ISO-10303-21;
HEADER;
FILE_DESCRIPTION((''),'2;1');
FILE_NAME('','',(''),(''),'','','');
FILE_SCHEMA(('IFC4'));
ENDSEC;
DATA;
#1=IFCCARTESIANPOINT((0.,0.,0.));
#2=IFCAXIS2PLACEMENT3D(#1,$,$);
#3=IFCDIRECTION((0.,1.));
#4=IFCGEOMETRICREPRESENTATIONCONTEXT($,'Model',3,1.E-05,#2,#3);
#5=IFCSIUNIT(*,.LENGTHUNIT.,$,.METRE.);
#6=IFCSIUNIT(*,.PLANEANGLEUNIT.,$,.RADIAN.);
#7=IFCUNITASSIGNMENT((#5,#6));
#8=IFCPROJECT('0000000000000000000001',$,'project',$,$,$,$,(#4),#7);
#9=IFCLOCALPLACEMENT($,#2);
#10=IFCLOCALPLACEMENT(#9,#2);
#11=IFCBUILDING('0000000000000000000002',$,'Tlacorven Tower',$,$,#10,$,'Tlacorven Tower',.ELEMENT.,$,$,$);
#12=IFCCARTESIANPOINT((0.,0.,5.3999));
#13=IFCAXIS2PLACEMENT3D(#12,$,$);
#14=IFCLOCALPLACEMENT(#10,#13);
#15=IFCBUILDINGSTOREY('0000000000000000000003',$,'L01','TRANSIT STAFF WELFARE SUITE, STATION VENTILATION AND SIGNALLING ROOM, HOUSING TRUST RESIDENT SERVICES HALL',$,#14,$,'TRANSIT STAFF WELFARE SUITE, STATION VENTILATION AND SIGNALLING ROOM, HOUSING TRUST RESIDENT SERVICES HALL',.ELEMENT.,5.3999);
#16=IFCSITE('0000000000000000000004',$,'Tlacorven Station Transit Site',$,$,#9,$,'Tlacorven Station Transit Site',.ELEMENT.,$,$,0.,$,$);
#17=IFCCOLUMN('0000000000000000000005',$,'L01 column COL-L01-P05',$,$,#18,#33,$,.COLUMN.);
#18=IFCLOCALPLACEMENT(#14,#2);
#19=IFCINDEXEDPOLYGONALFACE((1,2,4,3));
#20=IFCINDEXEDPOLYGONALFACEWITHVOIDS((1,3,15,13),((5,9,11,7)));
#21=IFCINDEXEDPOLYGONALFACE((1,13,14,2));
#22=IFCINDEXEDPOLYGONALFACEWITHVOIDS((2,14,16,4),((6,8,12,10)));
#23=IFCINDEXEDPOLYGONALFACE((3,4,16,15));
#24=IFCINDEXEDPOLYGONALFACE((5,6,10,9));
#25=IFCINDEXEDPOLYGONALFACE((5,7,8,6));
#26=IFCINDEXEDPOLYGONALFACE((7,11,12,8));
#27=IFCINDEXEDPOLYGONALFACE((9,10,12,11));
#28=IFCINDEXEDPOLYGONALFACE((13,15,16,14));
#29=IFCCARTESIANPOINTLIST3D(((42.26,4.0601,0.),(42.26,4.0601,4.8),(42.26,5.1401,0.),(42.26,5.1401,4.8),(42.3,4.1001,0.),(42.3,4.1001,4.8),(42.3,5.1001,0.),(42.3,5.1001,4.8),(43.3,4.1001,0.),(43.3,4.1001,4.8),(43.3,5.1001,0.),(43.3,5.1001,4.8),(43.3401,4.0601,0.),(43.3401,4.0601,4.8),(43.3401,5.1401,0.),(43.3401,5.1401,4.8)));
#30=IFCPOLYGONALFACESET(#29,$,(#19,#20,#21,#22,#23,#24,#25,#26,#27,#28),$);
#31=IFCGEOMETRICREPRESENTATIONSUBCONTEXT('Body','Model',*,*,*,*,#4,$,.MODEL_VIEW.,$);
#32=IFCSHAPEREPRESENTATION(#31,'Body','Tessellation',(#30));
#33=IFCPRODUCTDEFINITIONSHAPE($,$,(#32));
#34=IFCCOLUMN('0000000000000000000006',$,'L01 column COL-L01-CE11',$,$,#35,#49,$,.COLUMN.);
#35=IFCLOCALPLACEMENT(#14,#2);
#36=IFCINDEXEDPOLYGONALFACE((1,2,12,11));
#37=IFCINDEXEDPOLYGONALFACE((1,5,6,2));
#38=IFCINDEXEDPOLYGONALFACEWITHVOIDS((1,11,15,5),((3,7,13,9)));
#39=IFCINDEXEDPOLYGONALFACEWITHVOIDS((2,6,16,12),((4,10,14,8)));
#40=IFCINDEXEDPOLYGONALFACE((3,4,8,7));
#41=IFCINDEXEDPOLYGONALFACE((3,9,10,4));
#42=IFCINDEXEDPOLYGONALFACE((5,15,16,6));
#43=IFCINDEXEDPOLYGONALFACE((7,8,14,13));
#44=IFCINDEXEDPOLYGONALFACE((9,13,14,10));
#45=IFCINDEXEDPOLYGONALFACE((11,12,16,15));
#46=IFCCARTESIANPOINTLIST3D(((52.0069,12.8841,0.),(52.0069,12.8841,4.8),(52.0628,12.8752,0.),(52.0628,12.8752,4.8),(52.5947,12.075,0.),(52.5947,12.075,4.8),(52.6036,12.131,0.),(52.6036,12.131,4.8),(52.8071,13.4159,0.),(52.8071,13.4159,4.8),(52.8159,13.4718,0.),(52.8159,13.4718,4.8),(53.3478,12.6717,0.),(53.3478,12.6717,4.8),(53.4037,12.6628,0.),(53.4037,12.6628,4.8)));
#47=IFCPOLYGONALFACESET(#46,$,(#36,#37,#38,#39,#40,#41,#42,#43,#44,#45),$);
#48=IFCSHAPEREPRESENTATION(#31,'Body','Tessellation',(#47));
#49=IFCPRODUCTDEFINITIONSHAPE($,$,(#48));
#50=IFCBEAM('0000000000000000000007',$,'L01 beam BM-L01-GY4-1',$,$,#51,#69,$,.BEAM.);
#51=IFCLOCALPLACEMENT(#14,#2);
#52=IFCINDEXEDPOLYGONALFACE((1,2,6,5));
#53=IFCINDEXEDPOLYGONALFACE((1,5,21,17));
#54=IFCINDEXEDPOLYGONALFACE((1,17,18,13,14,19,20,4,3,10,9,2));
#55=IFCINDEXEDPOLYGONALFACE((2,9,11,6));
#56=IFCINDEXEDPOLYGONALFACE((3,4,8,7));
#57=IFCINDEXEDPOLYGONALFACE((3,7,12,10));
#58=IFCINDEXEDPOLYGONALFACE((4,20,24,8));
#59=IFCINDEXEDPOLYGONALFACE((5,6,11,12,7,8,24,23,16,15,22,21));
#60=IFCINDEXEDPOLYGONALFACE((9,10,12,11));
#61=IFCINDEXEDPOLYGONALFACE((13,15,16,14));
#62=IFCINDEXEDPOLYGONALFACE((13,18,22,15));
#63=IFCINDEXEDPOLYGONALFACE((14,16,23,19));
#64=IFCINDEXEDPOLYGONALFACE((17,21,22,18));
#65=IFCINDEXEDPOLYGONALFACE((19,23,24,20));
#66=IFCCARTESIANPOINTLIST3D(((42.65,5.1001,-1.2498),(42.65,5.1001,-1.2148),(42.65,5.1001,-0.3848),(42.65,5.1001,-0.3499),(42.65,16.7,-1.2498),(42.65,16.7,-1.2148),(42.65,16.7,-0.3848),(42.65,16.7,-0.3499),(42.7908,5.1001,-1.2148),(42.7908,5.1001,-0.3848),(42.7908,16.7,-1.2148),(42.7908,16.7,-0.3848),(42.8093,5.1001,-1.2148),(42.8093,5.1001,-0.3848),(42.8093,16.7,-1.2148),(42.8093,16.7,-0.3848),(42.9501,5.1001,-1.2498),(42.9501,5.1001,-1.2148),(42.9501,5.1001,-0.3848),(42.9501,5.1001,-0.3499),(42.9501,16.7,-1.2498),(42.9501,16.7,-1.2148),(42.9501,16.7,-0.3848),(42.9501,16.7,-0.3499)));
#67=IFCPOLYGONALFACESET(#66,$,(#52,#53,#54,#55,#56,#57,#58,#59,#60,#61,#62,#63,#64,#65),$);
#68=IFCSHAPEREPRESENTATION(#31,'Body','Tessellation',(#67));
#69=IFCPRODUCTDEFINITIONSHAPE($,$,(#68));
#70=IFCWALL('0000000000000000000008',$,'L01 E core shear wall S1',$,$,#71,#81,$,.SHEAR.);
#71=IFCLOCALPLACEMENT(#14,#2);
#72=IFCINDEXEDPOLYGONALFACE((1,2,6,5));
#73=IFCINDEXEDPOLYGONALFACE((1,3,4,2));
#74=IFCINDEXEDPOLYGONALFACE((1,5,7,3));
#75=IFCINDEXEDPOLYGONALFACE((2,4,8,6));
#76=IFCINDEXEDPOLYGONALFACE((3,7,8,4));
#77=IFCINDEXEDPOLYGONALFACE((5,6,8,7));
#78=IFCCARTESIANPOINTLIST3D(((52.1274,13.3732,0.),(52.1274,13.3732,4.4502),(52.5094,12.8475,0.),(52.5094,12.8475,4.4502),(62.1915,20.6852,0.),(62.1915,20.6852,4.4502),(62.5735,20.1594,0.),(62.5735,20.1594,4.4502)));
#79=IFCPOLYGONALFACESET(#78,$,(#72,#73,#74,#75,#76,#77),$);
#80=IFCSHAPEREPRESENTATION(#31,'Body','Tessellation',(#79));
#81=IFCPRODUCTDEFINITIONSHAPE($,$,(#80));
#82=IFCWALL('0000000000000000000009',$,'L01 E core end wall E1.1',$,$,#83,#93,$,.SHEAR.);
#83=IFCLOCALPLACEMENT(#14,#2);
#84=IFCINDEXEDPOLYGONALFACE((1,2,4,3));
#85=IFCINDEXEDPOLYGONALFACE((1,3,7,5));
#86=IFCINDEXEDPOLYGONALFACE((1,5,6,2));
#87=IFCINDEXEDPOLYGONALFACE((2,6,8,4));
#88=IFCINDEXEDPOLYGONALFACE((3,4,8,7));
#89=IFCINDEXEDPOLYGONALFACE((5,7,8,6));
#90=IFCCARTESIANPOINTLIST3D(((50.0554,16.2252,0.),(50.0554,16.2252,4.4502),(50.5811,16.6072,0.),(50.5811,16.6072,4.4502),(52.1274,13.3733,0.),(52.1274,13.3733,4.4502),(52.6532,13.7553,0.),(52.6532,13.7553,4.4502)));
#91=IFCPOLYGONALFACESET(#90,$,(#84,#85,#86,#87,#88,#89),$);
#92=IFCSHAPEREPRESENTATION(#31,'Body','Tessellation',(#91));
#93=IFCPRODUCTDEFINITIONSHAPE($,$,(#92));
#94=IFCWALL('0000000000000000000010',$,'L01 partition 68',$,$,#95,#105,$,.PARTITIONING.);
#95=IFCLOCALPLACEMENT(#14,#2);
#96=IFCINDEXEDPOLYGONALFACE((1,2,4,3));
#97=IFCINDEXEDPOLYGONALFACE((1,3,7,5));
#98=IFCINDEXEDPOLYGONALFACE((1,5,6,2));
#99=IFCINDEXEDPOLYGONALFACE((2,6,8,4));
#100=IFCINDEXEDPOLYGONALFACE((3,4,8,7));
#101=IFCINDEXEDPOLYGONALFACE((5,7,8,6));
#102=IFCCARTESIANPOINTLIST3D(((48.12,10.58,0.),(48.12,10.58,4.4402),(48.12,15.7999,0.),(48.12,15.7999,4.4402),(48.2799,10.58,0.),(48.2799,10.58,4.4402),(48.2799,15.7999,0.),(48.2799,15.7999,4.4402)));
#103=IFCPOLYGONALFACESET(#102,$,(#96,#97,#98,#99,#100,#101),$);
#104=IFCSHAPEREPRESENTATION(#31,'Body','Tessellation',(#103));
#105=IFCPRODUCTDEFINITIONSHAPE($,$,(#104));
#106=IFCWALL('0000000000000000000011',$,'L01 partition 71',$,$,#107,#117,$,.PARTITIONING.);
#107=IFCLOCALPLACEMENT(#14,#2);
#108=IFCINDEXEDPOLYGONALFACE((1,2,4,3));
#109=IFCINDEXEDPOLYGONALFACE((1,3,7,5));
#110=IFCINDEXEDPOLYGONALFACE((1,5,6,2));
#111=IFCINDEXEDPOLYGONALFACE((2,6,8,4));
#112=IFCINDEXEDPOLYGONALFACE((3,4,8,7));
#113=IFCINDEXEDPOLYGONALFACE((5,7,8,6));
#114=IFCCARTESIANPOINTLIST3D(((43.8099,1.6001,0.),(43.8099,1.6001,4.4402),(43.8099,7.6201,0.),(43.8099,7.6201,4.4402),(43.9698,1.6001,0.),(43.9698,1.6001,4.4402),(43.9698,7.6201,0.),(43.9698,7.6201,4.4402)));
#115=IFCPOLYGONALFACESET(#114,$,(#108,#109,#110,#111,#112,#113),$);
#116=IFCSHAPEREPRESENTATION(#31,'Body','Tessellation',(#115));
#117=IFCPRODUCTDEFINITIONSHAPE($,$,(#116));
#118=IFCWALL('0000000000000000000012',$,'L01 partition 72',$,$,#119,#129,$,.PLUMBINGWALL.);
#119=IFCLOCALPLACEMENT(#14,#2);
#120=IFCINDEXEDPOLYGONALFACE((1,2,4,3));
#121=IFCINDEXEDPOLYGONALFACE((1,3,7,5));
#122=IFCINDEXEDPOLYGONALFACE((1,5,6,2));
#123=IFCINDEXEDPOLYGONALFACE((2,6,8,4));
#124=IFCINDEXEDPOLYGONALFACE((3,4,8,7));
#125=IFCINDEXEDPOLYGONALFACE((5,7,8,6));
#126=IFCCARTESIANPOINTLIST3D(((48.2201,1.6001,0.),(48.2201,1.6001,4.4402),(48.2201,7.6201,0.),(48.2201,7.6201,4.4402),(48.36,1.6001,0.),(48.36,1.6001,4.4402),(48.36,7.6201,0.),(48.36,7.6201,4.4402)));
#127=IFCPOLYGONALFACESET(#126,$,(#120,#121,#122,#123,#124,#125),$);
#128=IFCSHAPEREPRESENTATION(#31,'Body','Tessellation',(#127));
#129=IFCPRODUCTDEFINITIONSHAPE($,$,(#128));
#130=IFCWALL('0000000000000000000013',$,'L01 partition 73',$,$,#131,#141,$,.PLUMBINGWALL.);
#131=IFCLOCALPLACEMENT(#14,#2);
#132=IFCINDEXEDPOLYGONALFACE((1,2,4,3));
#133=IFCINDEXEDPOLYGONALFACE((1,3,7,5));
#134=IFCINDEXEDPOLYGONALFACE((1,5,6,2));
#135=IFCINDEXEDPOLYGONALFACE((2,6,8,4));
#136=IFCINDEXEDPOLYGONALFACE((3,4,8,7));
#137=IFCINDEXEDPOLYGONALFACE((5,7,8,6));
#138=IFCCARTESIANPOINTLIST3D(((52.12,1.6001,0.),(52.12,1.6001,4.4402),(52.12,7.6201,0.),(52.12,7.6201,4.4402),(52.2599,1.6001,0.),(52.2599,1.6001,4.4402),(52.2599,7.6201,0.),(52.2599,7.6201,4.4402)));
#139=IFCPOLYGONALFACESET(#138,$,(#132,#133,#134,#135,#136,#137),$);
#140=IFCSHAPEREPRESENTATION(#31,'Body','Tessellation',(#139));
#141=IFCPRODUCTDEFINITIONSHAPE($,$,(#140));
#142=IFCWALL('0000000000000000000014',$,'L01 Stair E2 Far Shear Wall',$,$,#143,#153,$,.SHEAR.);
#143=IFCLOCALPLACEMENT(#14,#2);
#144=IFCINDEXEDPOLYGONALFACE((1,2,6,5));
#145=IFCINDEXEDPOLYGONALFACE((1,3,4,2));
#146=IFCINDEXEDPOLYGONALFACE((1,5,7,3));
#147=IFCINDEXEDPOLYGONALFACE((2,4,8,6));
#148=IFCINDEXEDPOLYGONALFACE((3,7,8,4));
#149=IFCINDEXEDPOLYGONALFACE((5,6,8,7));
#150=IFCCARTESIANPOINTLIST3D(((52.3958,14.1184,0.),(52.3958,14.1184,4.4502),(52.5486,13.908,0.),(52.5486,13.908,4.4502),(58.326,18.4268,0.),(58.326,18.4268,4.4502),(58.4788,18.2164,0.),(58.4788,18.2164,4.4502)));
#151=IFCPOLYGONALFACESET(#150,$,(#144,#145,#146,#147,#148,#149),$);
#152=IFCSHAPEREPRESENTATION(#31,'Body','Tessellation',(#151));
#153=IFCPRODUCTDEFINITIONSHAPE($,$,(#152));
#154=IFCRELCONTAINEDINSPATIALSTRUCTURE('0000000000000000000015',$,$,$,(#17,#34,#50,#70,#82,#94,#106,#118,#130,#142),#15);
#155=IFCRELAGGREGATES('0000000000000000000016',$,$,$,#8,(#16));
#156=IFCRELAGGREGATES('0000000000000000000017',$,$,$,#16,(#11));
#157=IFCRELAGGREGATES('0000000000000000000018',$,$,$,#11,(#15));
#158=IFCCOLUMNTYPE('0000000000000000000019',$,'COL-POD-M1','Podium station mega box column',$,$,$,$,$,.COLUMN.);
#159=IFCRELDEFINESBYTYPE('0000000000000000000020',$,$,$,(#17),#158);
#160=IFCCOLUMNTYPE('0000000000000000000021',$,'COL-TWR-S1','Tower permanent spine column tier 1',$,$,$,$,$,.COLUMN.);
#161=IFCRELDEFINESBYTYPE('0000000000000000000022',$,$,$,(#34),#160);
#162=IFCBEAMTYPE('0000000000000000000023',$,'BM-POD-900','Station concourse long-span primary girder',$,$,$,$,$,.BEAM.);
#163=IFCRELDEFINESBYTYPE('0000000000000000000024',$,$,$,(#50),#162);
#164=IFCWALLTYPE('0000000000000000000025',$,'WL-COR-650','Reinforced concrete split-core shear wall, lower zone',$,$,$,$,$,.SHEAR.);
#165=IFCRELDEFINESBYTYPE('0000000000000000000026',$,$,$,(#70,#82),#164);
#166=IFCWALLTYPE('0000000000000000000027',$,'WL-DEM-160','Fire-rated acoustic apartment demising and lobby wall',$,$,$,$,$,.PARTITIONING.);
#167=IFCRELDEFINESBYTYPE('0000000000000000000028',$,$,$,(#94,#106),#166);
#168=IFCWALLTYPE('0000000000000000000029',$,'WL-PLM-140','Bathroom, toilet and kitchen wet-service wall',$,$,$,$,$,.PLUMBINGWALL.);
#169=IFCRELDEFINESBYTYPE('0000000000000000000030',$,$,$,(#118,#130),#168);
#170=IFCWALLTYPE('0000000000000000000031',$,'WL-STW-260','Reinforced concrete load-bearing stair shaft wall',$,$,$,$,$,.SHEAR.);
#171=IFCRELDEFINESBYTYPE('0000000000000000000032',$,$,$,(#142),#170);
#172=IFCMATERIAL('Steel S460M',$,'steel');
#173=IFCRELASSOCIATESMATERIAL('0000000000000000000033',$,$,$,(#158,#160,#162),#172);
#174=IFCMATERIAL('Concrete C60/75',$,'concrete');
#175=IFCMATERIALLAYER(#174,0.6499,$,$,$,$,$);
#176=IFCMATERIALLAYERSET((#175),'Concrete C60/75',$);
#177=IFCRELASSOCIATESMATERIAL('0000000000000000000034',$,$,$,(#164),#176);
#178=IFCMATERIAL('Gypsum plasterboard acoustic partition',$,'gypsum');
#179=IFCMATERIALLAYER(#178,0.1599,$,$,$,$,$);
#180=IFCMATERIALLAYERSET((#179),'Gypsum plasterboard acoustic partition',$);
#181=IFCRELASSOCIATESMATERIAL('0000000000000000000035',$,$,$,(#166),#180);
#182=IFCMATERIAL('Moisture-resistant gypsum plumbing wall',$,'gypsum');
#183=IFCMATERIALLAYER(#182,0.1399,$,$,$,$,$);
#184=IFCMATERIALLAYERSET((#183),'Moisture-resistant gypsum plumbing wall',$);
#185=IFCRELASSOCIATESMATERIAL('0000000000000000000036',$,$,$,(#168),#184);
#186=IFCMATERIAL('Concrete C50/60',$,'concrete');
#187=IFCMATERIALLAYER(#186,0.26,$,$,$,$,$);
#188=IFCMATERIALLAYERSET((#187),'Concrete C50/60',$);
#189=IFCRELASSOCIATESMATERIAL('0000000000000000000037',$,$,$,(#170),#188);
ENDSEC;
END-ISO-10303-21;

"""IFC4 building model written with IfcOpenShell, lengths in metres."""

from ifc_helpers import new_model, si_unit, direction, frame, frame_2d, origin, origin_2d, place, context, subcontext, project, spatial, rectangle, hollow_rectangle, i_section, extrude, source, transform, mapped, material, layer, layer_set, material_profile, profile_set, type_object, element, save


model = new_model("IFC4")

# Units and contexts
model_context = context("Model", 3, precision=1e-05, world=origin(), true_north=direction((0.0, 1.0)))
body_context = subcontext(model_context, "Body", "Model", "MODEL_VIEW")
ifc_project = project(units=[si_unit("LENGTHUNIT", "METRE"), si_unit("PLANEANGLEUNIT", "RADIAN")], contexts=[model_context])

# Site, building, storey
site_placement = place(None, origin())
site = spatial("IfcSite", under=ifc_project, at=site_placement, Name="Tlacorven Station Transit Site", LongName="Tlacorven Station Transit Site", CompositionType="ELEMENT", RefElevation=0.0)
building_placement = place(site_placement, origin())
building = spatial("IfcBuilding", under=site, at=building_placement, Name="Tlacorven Tower", LongName="Tlacorven Tower", CompositionType="ELEMENT")
storey_placement = place(building_placement, frame((0.0, 0.0, 5.3999)))
storey = spatial("IfcBuildingStorey", under=building, at=storey_placement, Name="L01", Description="TRANSIT STAFF WELFARE SUITE, STATION VENTILATION AND SIGNALLING ROOM, HOUSING TRUST RESIDENT SERVICES HALL", LongName="TRANSIT STAFF WELFARE SUITE, STATION VENTILATION AND SIGNALLING ROOM, HOUSING TRUST RESIDENT SERVICES HALL", CompositionType="ELEMENT", Elevation=5.3999)

# Columns
ifc_material_1 = material(Name="Steel S460M", Category="steel")
ifc_material_profile_1 = material_profile(ifc_material_1, hollow_rectangle(XDim=1.0801, YDim=1.0801, WallThickness=0.04, at=origin_2d()), Name="BOX 1080X1080X40")
ifc_profile_set_1 = profile_set([ifc_material_profile_1], Name="Steel S460M")
column_type_1 = type_object("IfcColumnType", Name="COL-POD-M1", Description="Podium station mega box column", PredefinedType="COLUMN", material=ifc_profile_set_1)
shared_shape_1 = source(origin(), body_context, "Body", "SweptSolid", [
    extrude(hollow_rectangle(XDim=1.0801, YDim=1.0801, WallThickness=0.04, at=origin_2d()), origin(), (0.0, 0.0, 1.0), 4.8),
])
column_1_placement = place(storey_placement, frame((42.8, 4.6001, 0.0), z_axis=(0.0, 0.0, 1.0), x_axis=(1.0, 0.0, 0.0)))
element("IfcColumn", 1, at=column_1_placement, inside=storey, type_object=column_type_1, Name="L01 column COL-L01-P05", PredefinedType="COLUMN", context=body_context, shape_type="MappedRepresentation", body=[
    mapped(shared_shape_1, transform((0.0, 0.0, 0.0), scale=1.0)),
])
ifc_material_profile_2 = material_profile(ifc_material_1, hollow_rectangle(XDim=1.0, YDim=1.0, WallThickness=0.04, at=origin_2d()), Name="BOX 1000X1000X40")
ifc_profile_set_2 = profile_set([ifc_material_profile_2], Name="Steel S460M")
column_type_2 = type_object("IfcColumnType", Name="COL-TWR-S1", Description="Tower permanent spine column tier 1", PredefinedType="COLUMN", material=ifc_profile_set_2)
shared_shape_2 = source(origin(), body_context, "Body", "SweptSolid", [
    extrude(hollow_rectangle(XDim=1.0, YDim=1.0, WallThickness=0.04, at=origin_2d()), origin(), (0.0, 0.0, 1.0), 4.8),
])
column_2_placement = place(storey_placement, frame((52.7053, 12.7734, 0.0), z_axis=(0.0, 0.0, 1.0), x_axis=(0.809017, 0.587785, 0.0)))
element("IfcColumn", 2, at=column_2_placement, inside=storey, type_object=column_type_2, Name="L01 column COL-L01-CE11", PredefinedType="COLUMN", context=body_context, shape_type="MappedRepresentation", body=[
    mapped(shared_shape_2, transform((0.0, 0.0, 0.0), scale=1.0)),
])

# Beam
ifc_material_profile_3 = material_profile(ifc_material_1, i_section(OverallWidth=0.3, OverallDepth=0.8999, WebThickness=0.0186, FlangeThickness=0.0349, at=origin_2d()), Name="HEB 900")
ifc_profile_set_3 = profile_set([ifc_material_profile_3], Name="Steel S460M")
beam_type = type_object("IfcBeamType", Name="BM-POD-900", Description="Station concourse long-span primary girder", PredefinedType="BEAM", material=ifc_profile_set_3)
shared_shape_3 = source(origin(), body_context, "Body", "SweptSolid", [
    extrude(i_section(OverallWidth=0.3, OverallDepth=0.8999, WebThickness=0.0186, FlangeThickness=0.0349, at=origin_2d()), origin(), (0.0, 0.0, 1.0), 11.5999),
])
beam_placement = place(storey_placement, frame((42.8, 5.1001, -0.7998), z_axis=(0.0, 1.0, 0.0), x_axis=(-1.0, 0.0, 0.0)))
element("IfcBeam", 3, at=beam_placement, inside=storey, type_object=beam_type, Name="L01 beam BM-L01-GY4-1", PredefinedType="BEAM", context=body_context, shape_type="MappedRepresentation", body=[
    mapped(shared_shape_3, transform((0.0, 0.0, 0.0), scale=1.0)),
])

# Walls
ifc_material_2 = material(Name="Concrete C60/75", Category="concrete")
ifc_layer_1 = layer(ifc_material_2, 0.6499)
ifc_layer_set_1 = layer_set([ifc_layer_1], Name="Concrete C60/75")
wall_type_1 = type_object("IfcWallType", Name="WL-COR-650", Description="Reinforced concrete split-core shear wall, lower zone", PredefinedType="SHEAR", material=ifc_layer_set_1)
wall_1_placement = place(storey_placement, frame((52.3184, 13.1104, 0.0), z_axis=(0.0, 0.0, 1.0), x_axis=(0.809019, 0.587782, 0.0)))
element("IfcWall", 4, at=wall_1_placement, inside=storey, type_object=wall_type_1, Name="L01 E core shear wall S1", PredefinedType="SHEAR", context=body_context, shape_type="SweptSolid", body=[
    extrude(rectangle(XDim=12.4399, YDim=0.6499, at=frame_2d((6.22, 0.0))), origin(), (0.0, 0.0, 1.0), 4.4502),
])
wall_2_placement = place(storey_placement, frame((52.3904, 13.5642, 0.0), z_axis=(0.0, 0.0, 1.0), x_axis=(-0.587797, 0.809009, 0.0)))
element("IfcWall", 5, at=wall_2_placement, inside=storey, type_object=wall_type_1, Name="L01 E core end wall E1.1", PredefinedType="SHEAR", context=body_context, shape_type="SweptSolid", body=[
    extrude(rectangle(XDim=3.5251, YDim=0.6499, at=frame_2d((1.7627, 0.0))), origin(), (0.0, 0.0, 1.0), 4.4502),
])
ifc_material_3 = material(Name="Gypsum plasterboard acoustic partition", Category="gypsum")
ifc_layer_2 = layer(ifc_material_3, 0.1599)
ifc_layer_set_2 = layer_set([ifc_layer_2], Name="Gypsum plasterboard acoustic partition")
wall_type_2 = type_object("IfcWallType", Name="WL-DEM-160", Description="Fire-rated acoustic apartment demising and lobby wall", PredefinedType="PARTITIONING", material=ifc_layer_set_2)
wall_3_placement = place(storey_placement, frame((48.2, 10.5801, 0.0), z_axis=(0.0, 0.0, 1.0), x_axis=(0.0, 1.0, 0.0)))
element("IfcWall", 6, at=wall_3_placement, inside=storey, type_object=wall_type_2, Name="L01 partition 68", PredefinedType="PARTITIONING", context=body_context, shape_type="SweptSolid", body=[
    extrude(rectangle(XDim=5.22, YDim=0.1599, at=frame_2d((2.6099, 0.0))), origin(), (0.0, 0.0, 1.0), 4.4402),
])
wall_4_placement = place(storey_placement, frame((43.8899, 1.6001, 0.0), z_axis=(0.0, 0.0, 1.0), x_axis=(0.0, 1.0, 0.0)))
element("IfcWall", 7, at=wall_4_placement, inside=storey, type_object=wall_type_2, Name="L01 partition 71", PredefinedType="PARTITIONING", context=body_context, shape_type="SweptSolid", body=[
    extrude(rectangle(XDim=6.02, YDim=0.1599, at=frame_2d((3.01, 0.0))), origin(), (0.0, 0.0, 1.0), 4.4402),
])
ifc_material_4 = material(Name="Moisture-resistant gypsum plumbing wall", Category="gypsum")
ifc_layer_3 = layer(ifc_material_4, 0.1399)
ifc_layer_set_3 = layer_set([ifc_layer_3], Name="Moisture-resistant gypsum plumbing wall")
wall_type_3 = type_object("IfcWallType", Name="WL-PLM-140", Description="Bathroom, toilet and kitchen wet-service wall", PredefinedType="PLUMBINGWALL", material=ifc_layer_set_3)
for number, where, z_axis, x_axis, name in (
    (8, (48.29, 1.6001, 0.0), (0.0, 0.0, 1.0), (0.0, 1.0, 0.0), "L01 partition 72"),
    (9, (52.1899, 1.6001, 0.0), (0.0, 0.0, 1.0), (0.0, 1.0, 0.0), "L01 partition 73"),
):
    element("IfcWall", number, at=place(storey_placement, frame(where, z_axis=z_axis, x_axis=x_axis)), inside=storey, type_object=wall_type_3, Name=name, PredefinedType="PLUMBINGWALL", context=body_context, shape_type="SweptSolid", body=[
        extrude(rectangle(XDim=6.02, YDim=0.1399, at=frame_2d((3.01, 0.0))), origin(), (0.0, 0.0, 1.0), 4.4402),
    ])
ifc_material_5 = material(Name="Concrete C50/60", Category="concrete")
ifc_layer_4 = layer(ifc_material_5, 0.26)
ifc_layer_set_4 = layer_set([ifc_layer_4], Name="Concrete C50/60")
wall_type_4 = type_object("IfcWallType", Name="WL-STW-260", Description="Reinforced concrete load-bearing stair shaft wall", PredefinedType="SHEAR", material=ifc_layer_set_4)
wall_5_placement = place(storey_placement, frame((52.4722, 14.0132, 0.0), z_axis=(0.0, 0.0, 1.0), x_axis=(0.809028, 0.58777, 0.0)))
element("IfcWall", 10, at=wall_5_placement, inside=storey, type_object=wall_type_4, Name="L01 Stair E2 Far Shear Wall", PredefinedType="SHEAR", context=body_context, shape_type="SweptSolid", body=[
    extrude(rectangle(XDim=7.3301, YDim=0.26, at=frame_2d((3.665, 0.0))), origin(), (0.0, 0.0, 1.0), 4.4502),
])

save(model, "model.ifc")
